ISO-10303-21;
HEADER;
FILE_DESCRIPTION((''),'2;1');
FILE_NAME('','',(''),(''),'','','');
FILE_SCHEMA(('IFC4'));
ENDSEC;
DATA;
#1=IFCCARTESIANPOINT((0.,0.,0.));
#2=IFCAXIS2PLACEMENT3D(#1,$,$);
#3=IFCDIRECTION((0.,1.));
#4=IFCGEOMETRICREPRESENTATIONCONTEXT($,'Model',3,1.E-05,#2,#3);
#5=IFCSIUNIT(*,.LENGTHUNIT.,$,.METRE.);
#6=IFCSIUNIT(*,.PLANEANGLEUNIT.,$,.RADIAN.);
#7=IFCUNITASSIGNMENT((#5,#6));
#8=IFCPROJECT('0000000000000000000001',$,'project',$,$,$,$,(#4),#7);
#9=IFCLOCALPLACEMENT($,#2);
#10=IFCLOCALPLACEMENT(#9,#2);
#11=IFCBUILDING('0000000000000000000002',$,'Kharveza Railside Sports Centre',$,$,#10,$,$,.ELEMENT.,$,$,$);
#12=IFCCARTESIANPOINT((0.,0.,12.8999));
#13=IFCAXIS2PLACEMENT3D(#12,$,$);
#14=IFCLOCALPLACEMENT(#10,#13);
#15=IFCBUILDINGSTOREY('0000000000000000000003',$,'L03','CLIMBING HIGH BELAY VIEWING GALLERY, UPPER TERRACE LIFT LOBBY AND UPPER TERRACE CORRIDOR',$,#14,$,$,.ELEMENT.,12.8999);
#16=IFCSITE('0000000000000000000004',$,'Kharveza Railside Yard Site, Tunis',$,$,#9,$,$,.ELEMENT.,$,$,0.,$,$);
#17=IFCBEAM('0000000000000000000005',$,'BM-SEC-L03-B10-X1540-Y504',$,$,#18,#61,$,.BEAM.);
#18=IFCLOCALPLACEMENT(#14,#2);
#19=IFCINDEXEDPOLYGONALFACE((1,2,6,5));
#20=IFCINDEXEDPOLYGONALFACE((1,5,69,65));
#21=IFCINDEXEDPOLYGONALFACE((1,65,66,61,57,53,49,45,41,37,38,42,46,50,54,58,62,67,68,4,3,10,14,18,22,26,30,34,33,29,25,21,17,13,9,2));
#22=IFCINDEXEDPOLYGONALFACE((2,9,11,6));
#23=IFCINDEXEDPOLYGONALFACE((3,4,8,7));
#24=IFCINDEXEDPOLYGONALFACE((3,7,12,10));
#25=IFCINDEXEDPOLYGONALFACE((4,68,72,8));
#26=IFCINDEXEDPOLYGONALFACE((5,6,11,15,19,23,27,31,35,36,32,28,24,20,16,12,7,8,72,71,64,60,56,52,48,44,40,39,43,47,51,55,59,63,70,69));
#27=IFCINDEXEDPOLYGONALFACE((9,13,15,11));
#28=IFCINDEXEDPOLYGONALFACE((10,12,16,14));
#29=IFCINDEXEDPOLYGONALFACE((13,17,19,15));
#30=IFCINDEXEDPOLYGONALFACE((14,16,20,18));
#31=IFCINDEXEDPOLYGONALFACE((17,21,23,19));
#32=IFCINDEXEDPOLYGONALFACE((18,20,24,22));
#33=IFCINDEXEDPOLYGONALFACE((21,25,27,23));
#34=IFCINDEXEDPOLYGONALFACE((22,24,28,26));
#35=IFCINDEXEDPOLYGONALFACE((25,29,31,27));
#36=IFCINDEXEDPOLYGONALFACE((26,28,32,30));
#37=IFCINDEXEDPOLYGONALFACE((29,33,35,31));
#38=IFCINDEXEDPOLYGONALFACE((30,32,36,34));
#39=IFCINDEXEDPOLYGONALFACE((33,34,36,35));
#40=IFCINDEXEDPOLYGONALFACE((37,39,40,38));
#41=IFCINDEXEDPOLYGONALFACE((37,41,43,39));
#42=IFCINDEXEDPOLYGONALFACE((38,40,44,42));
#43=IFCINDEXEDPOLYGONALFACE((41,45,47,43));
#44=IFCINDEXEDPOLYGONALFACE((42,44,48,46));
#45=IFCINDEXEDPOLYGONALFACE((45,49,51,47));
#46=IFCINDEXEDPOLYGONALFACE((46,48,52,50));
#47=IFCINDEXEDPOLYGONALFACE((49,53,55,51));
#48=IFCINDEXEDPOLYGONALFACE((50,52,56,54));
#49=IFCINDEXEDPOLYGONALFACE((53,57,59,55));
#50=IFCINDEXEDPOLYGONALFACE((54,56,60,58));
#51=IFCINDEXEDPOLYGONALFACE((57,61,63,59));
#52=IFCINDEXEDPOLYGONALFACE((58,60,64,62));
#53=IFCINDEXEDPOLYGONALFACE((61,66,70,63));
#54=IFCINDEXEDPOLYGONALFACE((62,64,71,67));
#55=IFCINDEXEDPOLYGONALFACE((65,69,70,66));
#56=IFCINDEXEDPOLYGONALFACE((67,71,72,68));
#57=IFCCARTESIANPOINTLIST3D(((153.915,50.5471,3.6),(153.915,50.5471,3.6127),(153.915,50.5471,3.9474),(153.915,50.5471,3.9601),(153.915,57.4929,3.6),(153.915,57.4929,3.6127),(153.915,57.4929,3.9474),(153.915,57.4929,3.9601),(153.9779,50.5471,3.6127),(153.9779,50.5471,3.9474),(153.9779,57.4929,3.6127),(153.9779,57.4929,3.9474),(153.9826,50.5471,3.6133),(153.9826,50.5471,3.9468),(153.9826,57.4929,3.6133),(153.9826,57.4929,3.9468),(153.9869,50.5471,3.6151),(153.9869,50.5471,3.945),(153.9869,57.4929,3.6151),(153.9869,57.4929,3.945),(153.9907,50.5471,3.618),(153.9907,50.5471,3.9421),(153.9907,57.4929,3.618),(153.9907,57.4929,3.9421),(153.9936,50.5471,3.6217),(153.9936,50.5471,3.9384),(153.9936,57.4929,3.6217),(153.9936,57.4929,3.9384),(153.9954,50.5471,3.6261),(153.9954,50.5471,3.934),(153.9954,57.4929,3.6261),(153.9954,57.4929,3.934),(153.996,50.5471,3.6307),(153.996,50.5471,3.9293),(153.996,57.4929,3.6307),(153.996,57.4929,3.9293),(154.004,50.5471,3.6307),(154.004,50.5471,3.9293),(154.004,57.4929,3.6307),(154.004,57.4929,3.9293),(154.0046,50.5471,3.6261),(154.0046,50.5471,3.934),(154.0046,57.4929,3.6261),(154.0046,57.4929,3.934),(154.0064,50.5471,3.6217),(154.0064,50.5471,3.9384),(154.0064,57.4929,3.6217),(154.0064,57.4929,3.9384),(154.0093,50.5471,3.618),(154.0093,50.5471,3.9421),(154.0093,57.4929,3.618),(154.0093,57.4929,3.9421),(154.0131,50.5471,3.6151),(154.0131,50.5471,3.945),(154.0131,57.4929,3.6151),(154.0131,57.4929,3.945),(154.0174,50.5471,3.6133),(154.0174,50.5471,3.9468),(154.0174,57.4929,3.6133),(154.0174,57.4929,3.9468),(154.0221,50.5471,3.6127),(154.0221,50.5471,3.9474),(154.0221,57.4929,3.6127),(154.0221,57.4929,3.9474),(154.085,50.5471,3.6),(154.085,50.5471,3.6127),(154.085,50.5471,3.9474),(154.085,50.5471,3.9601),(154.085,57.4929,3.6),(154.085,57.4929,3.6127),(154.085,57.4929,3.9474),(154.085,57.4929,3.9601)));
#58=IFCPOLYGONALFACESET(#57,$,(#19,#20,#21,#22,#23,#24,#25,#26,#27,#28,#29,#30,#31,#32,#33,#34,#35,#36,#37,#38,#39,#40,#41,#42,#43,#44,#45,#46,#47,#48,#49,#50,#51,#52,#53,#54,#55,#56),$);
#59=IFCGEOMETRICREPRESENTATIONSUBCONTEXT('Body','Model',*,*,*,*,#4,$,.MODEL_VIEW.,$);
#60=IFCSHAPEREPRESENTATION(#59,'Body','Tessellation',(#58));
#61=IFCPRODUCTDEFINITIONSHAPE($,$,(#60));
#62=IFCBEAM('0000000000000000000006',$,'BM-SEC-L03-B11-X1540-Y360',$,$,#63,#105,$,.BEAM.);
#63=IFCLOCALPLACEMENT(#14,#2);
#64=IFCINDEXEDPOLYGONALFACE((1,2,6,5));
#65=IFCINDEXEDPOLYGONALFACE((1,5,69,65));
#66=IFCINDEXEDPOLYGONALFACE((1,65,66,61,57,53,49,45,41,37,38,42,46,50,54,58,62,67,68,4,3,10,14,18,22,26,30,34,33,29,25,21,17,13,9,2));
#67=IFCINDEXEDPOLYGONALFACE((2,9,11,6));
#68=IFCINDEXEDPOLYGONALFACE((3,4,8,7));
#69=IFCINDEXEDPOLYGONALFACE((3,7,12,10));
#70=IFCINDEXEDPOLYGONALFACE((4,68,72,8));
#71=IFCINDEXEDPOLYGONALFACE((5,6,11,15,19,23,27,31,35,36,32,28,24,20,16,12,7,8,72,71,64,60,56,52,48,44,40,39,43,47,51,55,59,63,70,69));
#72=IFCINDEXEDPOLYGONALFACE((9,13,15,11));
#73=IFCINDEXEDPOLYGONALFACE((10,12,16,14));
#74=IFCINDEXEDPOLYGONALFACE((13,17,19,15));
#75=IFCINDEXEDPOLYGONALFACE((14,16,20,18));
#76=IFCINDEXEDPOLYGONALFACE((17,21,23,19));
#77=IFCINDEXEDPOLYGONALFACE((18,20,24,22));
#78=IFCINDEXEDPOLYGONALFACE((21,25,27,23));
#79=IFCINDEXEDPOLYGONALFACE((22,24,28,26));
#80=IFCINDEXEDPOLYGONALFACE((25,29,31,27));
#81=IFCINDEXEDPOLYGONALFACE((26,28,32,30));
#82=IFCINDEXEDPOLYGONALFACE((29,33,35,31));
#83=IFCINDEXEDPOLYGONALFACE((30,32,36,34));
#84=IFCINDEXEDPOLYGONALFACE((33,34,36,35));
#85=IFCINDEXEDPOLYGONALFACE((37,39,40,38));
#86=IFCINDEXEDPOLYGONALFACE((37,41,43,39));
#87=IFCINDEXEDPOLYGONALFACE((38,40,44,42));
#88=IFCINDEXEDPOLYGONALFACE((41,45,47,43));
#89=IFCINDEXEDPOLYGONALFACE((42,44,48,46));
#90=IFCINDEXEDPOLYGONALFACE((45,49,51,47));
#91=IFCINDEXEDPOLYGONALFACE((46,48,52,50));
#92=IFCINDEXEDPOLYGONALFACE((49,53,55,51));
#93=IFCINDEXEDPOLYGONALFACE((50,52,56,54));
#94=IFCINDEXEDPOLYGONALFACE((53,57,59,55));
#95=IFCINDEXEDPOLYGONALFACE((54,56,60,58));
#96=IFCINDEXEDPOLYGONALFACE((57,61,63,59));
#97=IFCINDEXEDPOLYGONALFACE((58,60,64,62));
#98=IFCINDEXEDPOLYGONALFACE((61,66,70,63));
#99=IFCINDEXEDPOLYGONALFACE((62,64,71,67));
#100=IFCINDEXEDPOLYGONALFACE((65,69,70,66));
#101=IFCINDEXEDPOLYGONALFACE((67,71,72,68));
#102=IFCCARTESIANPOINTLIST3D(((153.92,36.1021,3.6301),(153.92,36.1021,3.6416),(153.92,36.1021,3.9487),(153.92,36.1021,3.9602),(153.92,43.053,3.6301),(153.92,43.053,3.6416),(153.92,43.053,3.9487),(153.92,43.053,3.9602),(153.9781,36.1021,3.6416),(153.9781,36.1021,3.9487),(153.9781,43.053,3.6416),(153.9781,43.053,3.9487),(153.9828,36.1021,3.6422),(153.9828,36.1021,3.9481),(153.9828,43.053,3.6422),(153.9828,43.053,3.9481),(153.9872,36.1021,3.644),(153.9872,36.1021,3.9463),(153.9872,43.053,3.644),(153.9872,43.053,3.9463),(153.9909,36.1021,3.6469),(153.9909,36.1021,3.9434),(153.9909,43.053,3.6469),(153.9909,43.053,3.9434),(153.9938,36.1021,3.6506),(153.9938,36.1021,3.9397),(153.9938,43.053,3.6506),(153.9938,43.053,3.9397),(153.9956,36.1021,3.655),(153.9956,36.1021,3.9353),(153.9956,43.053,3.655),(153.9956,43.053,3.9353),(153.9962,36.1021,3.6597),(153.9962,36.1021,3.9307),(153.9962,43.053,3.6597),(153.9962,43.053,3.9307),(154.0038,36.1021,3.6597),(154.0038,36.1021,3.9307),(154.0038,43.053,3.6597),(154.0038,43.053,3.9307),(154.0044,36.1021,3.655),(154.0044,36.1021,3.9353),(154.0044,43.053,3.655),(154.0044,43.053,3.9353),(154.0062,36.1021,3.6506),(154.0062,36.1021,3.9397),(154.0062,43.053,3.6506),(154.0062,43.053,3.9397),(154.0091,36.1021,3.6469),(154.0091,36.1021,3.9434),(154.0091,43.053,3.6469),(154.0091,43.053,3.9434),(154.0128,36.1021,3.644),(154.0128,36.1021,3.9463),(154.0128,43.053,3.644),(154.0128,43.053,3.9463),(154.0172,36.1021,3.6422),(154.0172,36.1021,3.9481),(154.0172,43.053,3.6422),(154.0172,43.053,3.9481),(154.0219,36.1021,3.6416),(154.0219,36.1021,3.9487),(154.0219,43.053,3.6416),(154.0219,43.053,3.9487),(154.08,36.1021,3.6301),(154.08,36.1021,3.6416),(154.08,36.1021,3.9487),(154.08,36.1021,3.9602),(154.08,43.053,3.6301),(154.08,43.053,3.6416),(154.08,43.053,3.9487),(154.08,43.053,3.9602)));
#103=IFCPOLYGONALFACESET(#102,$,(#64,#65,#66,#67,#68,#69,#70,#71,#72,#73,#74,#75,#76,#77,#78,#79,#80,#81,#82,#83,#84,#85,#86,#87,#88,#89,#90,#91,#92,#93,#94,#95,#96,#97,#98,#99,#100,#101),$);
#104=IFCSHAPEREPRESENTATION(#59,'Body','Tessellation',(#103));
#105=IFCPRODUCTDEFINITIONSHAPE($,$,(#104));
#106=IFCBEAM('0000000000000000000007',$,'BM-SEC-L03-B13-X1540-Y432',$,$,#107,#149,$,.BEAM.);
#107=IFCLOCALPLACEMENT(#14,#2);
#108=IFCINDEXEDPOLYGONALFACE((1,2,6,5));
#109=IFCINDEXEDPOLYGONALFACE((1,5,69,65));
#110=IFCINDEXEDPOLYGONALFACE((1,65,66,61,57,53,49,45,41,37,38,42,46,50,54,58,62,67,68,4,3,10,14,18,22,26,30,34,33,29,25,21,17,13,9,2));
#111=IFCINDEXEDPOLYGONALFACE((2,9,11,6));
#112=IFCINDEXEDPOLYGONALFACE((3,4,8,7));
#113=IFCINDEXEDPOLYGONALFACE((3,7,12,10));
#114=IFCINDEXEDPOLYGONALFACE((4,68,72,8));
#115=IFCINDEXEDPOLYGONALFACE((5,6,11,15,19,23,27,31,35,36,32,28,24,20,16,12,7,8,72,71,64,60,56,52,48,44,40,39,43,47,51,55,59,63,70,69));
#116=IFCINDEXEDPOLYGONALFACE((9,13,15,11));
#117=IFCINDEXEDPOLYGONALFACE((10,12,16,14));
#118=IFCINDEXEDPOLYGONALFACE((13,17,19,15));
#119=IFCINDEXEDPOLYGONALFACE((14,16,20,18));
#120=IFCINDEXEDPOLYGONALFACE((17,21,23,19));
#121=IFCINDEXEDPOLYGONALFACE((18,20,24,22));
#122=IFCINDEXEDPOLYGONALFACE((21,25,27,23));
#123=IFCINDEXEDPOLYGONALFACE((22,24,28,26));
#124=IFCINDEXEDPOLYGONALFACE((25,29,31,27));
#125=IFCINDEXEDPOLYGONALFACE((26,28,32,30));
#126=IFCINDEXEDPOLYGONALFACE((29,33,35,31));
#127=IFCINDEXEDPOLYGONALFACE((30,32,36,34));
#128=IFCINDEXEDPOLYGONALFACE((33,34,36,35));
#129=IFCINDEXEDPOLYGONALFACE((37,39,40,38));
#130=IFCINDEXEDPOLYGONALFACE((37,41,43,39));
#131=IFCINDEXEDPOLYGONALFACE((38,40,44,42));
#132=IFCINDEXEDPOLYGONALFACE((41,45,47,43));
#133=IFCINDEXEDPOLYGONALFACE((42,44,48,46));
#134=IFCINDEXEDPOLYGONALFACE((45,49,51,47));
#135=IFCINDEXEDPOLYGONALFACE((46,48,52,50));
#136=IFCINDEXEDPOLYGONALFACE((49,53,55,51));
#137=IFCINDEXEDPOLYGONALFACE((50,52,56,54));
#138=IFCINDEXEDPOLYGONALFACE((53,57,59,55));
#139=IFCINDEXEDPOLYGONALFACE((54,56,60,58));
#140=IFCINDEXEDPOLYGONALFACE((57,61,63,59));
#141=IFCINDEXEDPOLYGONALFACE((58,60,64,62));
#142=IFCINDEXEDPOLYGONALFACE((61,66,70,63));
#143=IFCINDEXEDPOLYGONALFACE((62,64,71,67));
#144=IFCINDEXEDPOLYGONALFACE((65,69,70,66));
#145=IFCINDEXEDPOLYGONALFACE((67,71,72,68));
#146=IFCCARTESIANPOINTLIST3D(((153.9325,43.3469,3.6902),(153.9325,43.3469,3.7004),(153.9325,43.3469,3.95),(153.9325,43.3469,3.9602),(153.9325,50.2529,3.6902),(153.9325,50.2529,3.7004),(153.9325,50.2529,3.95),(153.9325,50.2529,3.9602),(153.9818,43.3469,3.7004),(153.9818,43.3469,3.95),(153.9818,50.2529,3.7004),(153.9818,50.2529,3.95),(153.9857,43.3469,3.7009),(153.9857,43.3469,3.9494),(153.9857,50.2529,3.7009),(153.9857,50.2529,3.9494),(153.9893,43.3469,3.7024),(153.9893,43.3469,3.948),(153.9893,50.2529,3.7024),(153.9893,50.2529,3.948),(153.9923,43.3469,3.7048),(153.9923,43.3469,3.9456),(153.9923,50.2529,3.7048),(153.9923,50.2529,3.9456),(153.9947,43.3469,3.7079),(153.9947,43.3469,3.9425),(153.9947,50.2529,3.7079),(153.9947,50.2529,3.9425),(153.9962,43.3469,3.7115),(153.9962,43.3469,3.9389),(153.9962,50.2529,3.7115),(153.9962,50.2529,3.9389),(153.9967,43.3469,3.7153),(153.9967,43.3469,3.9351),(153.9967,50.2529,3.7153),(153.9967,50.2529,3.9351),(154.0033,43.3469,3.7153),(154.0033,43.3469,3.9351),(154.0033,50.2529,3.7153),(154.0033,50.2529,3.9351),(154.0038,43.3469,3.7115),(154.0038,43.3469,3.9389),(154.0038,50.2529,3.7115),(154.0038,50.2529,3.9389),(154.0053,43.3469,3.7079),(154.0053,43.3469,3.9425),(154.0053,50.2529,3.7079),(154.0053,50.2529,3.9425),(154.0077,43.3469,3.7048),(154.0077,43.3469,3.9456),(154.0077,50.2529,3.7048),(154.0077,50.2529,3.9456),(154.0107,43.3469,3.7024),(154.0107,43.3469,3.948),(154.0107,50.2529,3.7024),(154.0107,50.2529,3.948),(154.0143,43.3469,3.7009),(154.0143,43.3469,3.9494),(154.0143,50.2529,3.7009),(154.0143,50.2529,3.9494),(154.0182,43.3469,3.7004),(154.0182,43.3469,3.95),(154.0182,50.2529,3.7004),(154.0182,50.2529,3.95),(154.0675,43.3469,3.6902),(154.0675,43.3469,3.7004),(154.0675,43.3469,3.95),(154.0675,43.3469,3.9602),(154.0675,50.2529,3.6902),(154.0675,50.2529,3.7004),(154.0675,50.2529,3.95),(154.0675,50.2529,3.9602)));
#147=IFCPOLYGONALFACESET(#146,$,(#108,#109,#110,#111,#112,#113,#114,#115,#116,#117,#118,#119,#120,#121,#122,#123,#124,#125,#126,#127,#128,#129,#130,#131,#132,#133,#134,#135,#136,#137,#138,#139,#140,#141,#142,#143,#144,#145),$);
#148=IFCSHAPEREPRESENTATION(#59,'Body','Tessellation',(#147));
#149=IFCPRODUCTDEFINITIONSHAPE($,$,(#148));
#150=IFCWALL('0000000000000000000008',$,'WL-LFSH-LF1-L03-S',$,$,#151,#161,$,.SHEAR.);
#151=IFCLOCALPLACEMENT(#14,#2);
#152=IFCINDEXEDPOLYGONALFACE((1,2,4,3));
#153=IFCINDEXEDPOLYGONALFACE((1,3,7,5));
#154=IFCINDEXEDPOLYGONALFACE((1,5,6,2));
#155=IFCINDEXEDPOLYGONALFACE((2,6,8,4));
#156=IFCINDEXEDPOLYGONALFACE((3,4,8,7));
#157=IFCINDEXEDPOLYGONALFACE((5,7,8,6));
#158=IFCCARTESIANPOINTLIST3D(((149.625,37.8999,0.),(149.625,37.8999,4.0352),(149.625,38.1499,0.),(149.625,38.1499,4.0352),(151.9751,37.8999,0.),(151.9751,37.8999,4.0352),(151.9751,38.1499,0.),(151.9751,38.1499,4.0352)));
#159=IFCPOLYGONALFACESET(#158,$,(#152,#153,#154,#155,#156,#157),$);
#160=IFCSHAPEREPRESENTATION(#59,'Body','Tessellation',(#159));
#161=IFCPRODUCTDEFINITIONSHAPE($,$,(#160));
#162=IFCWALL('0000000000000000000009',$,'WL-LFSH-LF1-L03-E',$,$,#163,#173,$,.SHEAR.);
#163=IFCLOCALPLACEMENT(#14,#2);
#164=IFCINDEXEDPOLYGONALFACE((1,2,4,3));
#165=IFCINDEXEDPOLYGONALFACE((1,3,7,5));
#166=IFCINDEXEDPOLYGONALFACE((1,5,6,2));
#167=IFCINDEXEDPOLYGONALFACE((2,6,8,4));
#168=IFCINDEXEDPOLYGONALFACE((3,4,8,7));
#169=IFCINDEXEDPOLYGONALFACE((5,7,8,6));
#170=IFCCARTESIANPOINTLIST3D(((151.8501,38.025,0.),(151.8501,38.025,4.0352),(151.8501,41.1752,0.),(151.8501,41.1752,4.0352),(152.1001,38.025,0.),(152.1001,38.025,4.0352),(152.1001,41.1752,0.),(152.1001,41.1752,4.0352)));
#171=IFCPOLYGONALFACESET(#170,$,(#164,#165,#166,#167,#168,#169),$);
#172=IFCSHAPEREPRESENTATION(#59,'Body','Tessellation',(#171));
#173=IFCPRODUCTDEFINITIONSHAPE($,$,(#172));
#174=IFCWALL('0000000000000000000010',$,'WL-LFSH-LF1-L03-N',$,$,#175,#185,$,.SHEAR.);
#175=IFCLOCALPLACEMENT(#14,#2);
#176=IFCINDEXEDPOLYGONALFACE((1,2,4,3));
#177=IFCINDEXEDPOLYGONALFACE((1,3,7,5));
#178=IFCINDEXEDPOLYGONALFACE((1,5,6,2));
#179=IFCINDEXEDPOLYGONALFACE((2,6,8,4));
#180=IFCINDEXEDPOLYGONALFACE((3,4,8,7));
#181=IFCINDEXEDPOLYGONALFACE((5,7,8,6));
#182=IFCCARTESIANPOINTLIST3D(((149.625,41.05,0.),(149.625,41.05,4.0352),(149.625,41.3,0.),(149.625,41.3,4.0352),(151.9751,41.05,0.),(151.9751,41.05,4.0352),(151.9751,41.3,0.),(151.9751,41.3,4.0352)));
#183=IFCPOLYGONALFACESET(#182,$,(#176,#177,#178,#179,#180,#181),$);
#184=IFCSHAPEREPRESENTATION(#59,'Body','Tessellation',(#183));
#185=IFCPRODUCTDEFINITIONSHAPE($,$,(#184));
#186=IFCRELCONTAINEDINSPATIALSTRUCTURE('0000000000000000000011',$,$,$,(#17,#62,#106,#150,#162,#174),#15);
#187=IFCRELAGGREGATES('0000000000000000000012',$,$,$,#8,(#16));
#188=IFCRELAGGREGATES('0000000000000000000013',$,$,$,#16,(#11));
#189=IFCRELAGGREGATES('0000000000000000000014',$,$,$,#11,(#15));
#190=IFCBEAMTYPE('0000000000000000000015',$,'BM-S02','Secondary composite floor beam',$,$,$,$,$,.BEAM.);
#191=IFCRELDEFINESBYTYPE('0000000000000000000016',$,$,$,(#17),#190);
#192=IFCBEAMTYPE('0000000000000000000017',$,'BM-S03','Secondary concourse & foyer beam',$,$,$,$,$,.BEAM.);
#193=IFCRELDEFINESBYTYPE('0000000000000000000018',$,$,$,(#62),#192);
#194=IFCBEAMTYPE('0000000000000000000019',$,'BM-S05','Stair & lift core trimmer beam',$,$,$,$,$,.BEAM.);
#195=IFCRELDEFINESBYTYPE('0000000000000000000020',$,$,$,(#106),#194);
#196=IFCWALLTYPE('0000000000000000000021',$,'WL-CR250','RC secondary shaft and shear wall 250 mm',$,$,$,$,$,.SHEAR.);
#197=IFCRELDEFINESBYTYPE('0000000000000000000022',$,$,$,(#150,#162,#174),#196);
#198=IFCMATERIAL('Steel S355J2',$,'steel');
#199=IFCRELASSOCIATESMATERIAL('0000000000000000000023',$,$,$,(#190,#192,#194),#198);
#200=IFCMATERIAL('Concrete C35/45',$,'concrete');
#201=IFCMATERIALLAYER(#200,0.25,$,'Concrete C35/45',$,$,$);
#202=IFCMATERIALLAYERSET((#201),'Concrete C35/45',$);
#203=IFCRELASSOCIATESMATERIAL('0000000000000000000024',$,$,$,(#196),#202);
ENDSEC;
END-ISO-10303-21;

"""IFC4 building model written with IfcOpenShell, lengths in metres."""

from ifc_helpers import new_model, si_unit, direction, frame, frame_2d, origin, origin_2d, place, context, subcontext, project, spatial, rectangle, i_section, extrude, material, layer, layer_set, material_profile, profile_set, type_object, element, save


model = new_model("IFC4")

# Units and contexts
model_context = context("Model", 3, precision=1e-05, world=origin(), true_north=direction((0.0, 1.0)))
body_context = subcontext(model_context, "Body", "Model", "MODEL_VIEW")
ifc_project = project(units=[si_unit("LENGTHUNIT", "METRE"), si_unit("PLANEANGLEUNIT", "RADIAN")], contexts=[model_context])

# Site, building, storey
site_placement = place(None, origin())
site = spatial("IfcSite", under=ifc_project, at=site_placement, Name="Kharveza Railside Yard Site, Tunis", CompositionType="ELEMENT", RefElevation=0.0)
building_placement = place(site_placement, origin())
building = spatial("IfcBuilding", under=site, at=building_placement, Name="Kharveza Railside Sports Centre", CompositionType="ELEMENT")
storey_placement = place(building_placement, frame((0.0, 0.0, 12.8999)))
storey = spatial("IfcBuildingStorey", under=building, at=storey_placement, Name="L03", Description="CLIMBING HIGH BELAY VIEWING GALLERY, UPPER TERRACE LIFT LOBBY AND UPPER TERRACE CORRIDOR", CompositionType="ELEMENT", Elevation=12.8999)

# Shared definitions
ifc_material_1 = material(Name="Steel S355J2", Category="steel")

# Beams
ifc_material_profile_1 = material_profile(ifc_material_1, i_section(OverallWidth=0.1699, OverallDepth=0.3601, WebThickness=0.0081, FlangeThickness=0.0127, FilletRadius=0.0181, at=origin_2d()), Name="IPE 360")
ifc_profile_set_1 = profile_set([ifc_material_profile_1], Name="Steel S355J2")
beam_type_1 = type_object("IfcBeamType", Name="BM-S02", Description="Secondary composite floor beam", PredefinedType="BEAM", material=ifc_profile_set_1)
beam_1_placement = place(storey_placement, frame((154.0, 50.5471, 3.78), z_axis=(0.0, 1.0, 0.0), x_axis=(-1.0, 0.0, 0.0)))
element("IfcBeam", 1, at=beam_1_placement, inside=storey, type_object=beam_type_1, Name="BM-SEC-L03-B10-X1540-Y504", PredefinedType="BEAM", context=body_context, shape_type="SweptSolid", body=[
    extrude(i_section(OverallWidth=0.1699, OverallDepth=0.3601, WebThickness=0.0081, FlangeThickness=0.0127, FilletRadius=0.0181, at=origin_2d()), origin(), (0.0, 0.0, 1.0), 6.9458),
])
ifc_material_profile_2 = material_profile(ifc_material_1, i_section(OverallWidth=0.1599, OverallDepth=0.3301, WebThickness=0.0076, FlangeThickness=0.0115, FilletRadius=0.0181, at=origin_2d()), Name="IPE 330")
ifc_profile_set_2 = profile_set([ifc_material_profile_2], Name="Steel S355J2")
beam_type_2 = type_object("IfcBeamType", Name="BM-S03", Description="Secondary concourse & foyer beam", PredefinedType="BEAM", material=ifc_profile_set_2)
beam_2_placement = place(storey_placement, frame((154.0, 36.1021, 3.7952), z_axis=(0.0, 1.0, 0.0), x_axis=(-1.0, 0.0, 0.0)))
element("IfcBeam", 2, at=beam_2_placement, inside=storey, type_object=beam_type_2, Name="BM-SEC-L03-B11-X1540-Y360", PredefinedType="BEAM", context=body_context, shape_type="SweptSolid", body=[
    extrude(i_section(OverallWidth=0.1599, OverallDepth=0.3301, WebThickness=0.0076, FlangeThickness=0.0115, FilletRadius=0.0181, at=origin_2d()), origin(), (0.0, 0.0, 1.0), 6.9509),
])
ifc_material_profile_3 = material_profile(ifc_material_1, i_section(OverallWidth=0.135, OverallDepth=0.27, WebThickness=0.0066, FlangeThickness=0.0103, FilletRadius=0.0149, at=origin_2d()), Name="IPE 270")
ifc_profile_set_3 = profile_set([ifc_material_profile_3], Name="Steel S355J2")
beam_type_3 = type_object("IfcBeamType", Name="BM-S05", Description="Stair & lift core trimmer beam", PredefinedType="BEAM", material=ifc_profile_set_3)
beam_3_placement = place(storey_placement, frame((154.0, 43.3469, 3.8252), z_axis=(0.0, 1.0, 0.0), x_axis=(-1.0, 0.0, 0.0)))
element("IfcBeam", 3, at=beam_3_placement, inside=storey, type_object=beam_type_3, Name="BM-SEC-L03-B13-X1540-Y432", PredefinedType="BEAM", context=body_context, shape_type="SweptSolid", body=[
    extrude(i_section(OverallWidth=0.135, OverallDepth=0.27, WebThickness=0.0066, FlangeThickness=0.0103, FilletRadius=0.0149, at=origin_2d()), origin(), (0.0, 0.0, 1.0), 6.906),
])

# Walls
ifc_material_2 = material(Name="Concrete C35/45", Category="concrete")
ifc_layer_1 = layer(ifc_material_2, 0.25, Name="Concrete C35/45")
ifc_layer_set_1 = layer_set([ifc_layer_1], Name="Concrete C35/45")
wall_type_1 = type_object("IfcWallType", Name="WL-CR250", Description="RC secondary shaft and shear wall 250 mm", PredefinedType="SHEAR", material=ifc_layer_set_1)
wall_1_placement = place(storey_placement, frame((149.625, 38.0249, 0.0), z_axis=(0.0, 0.0, 1.0), x_axis=(1.0, 0.0, 0.0)))
element("IfcWall", 4, at=wall_1_placement, inside=storey, type_object=wall_type_1, Name="WL-LFSH-LF1-L03-S", PredefinedType="SHEAR", context=body_context, shape_type="SweptSolid", body=[
    extrude(rectangle(XDim=2.3501, YDim=0.25, at=frame_2d((1.175, 0.0))), origin(), (0.0, 0.0, 1.0), 4.0352),
])
wall_2_placement = place(storey_placement, frame((151.9751, 38.0249, 0.0), z_axis=(0.0, 0.0, 1.0), x_axis=(0.0, 1.0, 0.0)))
element("IfcWall", 5, at=wall_2_placement, inside=storey, type_object=wall_type_1, Name="WL-LFSH-LF1-L03-E", PredefinedType="SHEAR", context=body_context, shape_type="SweptSolid", body=[
    extrude(rectangle(XDim=3.1501, YDim=0.25, at=frame_2d((1.5752, 0.0))), origin(), (0.0, 0.0, 1.0), 4.0352),
])
wall_3_placement = place(storey_placement, frame((151.9751, 41.175, 0.0), z_axis=(0.0, 0.0, 1.0), x_axis=(-1.0, 0.0, 0.0)))
element("IfcWall", 6, at=wall_3_placement, inside=storey, type_object=wall_type_1, Name="WL-LFSH-LF1-L03-N", PredefinedType="SHEAR", context=body_context, shape_type="SweptSolid", body=[
    extrude(rectangle(XDim=2.3501, YDim=0.25, at=frame_2d((1.175, 0.0))), origin(), (0.0, 0.0, 1.0), 4.0352),
])

save(model, "model.ifc")
